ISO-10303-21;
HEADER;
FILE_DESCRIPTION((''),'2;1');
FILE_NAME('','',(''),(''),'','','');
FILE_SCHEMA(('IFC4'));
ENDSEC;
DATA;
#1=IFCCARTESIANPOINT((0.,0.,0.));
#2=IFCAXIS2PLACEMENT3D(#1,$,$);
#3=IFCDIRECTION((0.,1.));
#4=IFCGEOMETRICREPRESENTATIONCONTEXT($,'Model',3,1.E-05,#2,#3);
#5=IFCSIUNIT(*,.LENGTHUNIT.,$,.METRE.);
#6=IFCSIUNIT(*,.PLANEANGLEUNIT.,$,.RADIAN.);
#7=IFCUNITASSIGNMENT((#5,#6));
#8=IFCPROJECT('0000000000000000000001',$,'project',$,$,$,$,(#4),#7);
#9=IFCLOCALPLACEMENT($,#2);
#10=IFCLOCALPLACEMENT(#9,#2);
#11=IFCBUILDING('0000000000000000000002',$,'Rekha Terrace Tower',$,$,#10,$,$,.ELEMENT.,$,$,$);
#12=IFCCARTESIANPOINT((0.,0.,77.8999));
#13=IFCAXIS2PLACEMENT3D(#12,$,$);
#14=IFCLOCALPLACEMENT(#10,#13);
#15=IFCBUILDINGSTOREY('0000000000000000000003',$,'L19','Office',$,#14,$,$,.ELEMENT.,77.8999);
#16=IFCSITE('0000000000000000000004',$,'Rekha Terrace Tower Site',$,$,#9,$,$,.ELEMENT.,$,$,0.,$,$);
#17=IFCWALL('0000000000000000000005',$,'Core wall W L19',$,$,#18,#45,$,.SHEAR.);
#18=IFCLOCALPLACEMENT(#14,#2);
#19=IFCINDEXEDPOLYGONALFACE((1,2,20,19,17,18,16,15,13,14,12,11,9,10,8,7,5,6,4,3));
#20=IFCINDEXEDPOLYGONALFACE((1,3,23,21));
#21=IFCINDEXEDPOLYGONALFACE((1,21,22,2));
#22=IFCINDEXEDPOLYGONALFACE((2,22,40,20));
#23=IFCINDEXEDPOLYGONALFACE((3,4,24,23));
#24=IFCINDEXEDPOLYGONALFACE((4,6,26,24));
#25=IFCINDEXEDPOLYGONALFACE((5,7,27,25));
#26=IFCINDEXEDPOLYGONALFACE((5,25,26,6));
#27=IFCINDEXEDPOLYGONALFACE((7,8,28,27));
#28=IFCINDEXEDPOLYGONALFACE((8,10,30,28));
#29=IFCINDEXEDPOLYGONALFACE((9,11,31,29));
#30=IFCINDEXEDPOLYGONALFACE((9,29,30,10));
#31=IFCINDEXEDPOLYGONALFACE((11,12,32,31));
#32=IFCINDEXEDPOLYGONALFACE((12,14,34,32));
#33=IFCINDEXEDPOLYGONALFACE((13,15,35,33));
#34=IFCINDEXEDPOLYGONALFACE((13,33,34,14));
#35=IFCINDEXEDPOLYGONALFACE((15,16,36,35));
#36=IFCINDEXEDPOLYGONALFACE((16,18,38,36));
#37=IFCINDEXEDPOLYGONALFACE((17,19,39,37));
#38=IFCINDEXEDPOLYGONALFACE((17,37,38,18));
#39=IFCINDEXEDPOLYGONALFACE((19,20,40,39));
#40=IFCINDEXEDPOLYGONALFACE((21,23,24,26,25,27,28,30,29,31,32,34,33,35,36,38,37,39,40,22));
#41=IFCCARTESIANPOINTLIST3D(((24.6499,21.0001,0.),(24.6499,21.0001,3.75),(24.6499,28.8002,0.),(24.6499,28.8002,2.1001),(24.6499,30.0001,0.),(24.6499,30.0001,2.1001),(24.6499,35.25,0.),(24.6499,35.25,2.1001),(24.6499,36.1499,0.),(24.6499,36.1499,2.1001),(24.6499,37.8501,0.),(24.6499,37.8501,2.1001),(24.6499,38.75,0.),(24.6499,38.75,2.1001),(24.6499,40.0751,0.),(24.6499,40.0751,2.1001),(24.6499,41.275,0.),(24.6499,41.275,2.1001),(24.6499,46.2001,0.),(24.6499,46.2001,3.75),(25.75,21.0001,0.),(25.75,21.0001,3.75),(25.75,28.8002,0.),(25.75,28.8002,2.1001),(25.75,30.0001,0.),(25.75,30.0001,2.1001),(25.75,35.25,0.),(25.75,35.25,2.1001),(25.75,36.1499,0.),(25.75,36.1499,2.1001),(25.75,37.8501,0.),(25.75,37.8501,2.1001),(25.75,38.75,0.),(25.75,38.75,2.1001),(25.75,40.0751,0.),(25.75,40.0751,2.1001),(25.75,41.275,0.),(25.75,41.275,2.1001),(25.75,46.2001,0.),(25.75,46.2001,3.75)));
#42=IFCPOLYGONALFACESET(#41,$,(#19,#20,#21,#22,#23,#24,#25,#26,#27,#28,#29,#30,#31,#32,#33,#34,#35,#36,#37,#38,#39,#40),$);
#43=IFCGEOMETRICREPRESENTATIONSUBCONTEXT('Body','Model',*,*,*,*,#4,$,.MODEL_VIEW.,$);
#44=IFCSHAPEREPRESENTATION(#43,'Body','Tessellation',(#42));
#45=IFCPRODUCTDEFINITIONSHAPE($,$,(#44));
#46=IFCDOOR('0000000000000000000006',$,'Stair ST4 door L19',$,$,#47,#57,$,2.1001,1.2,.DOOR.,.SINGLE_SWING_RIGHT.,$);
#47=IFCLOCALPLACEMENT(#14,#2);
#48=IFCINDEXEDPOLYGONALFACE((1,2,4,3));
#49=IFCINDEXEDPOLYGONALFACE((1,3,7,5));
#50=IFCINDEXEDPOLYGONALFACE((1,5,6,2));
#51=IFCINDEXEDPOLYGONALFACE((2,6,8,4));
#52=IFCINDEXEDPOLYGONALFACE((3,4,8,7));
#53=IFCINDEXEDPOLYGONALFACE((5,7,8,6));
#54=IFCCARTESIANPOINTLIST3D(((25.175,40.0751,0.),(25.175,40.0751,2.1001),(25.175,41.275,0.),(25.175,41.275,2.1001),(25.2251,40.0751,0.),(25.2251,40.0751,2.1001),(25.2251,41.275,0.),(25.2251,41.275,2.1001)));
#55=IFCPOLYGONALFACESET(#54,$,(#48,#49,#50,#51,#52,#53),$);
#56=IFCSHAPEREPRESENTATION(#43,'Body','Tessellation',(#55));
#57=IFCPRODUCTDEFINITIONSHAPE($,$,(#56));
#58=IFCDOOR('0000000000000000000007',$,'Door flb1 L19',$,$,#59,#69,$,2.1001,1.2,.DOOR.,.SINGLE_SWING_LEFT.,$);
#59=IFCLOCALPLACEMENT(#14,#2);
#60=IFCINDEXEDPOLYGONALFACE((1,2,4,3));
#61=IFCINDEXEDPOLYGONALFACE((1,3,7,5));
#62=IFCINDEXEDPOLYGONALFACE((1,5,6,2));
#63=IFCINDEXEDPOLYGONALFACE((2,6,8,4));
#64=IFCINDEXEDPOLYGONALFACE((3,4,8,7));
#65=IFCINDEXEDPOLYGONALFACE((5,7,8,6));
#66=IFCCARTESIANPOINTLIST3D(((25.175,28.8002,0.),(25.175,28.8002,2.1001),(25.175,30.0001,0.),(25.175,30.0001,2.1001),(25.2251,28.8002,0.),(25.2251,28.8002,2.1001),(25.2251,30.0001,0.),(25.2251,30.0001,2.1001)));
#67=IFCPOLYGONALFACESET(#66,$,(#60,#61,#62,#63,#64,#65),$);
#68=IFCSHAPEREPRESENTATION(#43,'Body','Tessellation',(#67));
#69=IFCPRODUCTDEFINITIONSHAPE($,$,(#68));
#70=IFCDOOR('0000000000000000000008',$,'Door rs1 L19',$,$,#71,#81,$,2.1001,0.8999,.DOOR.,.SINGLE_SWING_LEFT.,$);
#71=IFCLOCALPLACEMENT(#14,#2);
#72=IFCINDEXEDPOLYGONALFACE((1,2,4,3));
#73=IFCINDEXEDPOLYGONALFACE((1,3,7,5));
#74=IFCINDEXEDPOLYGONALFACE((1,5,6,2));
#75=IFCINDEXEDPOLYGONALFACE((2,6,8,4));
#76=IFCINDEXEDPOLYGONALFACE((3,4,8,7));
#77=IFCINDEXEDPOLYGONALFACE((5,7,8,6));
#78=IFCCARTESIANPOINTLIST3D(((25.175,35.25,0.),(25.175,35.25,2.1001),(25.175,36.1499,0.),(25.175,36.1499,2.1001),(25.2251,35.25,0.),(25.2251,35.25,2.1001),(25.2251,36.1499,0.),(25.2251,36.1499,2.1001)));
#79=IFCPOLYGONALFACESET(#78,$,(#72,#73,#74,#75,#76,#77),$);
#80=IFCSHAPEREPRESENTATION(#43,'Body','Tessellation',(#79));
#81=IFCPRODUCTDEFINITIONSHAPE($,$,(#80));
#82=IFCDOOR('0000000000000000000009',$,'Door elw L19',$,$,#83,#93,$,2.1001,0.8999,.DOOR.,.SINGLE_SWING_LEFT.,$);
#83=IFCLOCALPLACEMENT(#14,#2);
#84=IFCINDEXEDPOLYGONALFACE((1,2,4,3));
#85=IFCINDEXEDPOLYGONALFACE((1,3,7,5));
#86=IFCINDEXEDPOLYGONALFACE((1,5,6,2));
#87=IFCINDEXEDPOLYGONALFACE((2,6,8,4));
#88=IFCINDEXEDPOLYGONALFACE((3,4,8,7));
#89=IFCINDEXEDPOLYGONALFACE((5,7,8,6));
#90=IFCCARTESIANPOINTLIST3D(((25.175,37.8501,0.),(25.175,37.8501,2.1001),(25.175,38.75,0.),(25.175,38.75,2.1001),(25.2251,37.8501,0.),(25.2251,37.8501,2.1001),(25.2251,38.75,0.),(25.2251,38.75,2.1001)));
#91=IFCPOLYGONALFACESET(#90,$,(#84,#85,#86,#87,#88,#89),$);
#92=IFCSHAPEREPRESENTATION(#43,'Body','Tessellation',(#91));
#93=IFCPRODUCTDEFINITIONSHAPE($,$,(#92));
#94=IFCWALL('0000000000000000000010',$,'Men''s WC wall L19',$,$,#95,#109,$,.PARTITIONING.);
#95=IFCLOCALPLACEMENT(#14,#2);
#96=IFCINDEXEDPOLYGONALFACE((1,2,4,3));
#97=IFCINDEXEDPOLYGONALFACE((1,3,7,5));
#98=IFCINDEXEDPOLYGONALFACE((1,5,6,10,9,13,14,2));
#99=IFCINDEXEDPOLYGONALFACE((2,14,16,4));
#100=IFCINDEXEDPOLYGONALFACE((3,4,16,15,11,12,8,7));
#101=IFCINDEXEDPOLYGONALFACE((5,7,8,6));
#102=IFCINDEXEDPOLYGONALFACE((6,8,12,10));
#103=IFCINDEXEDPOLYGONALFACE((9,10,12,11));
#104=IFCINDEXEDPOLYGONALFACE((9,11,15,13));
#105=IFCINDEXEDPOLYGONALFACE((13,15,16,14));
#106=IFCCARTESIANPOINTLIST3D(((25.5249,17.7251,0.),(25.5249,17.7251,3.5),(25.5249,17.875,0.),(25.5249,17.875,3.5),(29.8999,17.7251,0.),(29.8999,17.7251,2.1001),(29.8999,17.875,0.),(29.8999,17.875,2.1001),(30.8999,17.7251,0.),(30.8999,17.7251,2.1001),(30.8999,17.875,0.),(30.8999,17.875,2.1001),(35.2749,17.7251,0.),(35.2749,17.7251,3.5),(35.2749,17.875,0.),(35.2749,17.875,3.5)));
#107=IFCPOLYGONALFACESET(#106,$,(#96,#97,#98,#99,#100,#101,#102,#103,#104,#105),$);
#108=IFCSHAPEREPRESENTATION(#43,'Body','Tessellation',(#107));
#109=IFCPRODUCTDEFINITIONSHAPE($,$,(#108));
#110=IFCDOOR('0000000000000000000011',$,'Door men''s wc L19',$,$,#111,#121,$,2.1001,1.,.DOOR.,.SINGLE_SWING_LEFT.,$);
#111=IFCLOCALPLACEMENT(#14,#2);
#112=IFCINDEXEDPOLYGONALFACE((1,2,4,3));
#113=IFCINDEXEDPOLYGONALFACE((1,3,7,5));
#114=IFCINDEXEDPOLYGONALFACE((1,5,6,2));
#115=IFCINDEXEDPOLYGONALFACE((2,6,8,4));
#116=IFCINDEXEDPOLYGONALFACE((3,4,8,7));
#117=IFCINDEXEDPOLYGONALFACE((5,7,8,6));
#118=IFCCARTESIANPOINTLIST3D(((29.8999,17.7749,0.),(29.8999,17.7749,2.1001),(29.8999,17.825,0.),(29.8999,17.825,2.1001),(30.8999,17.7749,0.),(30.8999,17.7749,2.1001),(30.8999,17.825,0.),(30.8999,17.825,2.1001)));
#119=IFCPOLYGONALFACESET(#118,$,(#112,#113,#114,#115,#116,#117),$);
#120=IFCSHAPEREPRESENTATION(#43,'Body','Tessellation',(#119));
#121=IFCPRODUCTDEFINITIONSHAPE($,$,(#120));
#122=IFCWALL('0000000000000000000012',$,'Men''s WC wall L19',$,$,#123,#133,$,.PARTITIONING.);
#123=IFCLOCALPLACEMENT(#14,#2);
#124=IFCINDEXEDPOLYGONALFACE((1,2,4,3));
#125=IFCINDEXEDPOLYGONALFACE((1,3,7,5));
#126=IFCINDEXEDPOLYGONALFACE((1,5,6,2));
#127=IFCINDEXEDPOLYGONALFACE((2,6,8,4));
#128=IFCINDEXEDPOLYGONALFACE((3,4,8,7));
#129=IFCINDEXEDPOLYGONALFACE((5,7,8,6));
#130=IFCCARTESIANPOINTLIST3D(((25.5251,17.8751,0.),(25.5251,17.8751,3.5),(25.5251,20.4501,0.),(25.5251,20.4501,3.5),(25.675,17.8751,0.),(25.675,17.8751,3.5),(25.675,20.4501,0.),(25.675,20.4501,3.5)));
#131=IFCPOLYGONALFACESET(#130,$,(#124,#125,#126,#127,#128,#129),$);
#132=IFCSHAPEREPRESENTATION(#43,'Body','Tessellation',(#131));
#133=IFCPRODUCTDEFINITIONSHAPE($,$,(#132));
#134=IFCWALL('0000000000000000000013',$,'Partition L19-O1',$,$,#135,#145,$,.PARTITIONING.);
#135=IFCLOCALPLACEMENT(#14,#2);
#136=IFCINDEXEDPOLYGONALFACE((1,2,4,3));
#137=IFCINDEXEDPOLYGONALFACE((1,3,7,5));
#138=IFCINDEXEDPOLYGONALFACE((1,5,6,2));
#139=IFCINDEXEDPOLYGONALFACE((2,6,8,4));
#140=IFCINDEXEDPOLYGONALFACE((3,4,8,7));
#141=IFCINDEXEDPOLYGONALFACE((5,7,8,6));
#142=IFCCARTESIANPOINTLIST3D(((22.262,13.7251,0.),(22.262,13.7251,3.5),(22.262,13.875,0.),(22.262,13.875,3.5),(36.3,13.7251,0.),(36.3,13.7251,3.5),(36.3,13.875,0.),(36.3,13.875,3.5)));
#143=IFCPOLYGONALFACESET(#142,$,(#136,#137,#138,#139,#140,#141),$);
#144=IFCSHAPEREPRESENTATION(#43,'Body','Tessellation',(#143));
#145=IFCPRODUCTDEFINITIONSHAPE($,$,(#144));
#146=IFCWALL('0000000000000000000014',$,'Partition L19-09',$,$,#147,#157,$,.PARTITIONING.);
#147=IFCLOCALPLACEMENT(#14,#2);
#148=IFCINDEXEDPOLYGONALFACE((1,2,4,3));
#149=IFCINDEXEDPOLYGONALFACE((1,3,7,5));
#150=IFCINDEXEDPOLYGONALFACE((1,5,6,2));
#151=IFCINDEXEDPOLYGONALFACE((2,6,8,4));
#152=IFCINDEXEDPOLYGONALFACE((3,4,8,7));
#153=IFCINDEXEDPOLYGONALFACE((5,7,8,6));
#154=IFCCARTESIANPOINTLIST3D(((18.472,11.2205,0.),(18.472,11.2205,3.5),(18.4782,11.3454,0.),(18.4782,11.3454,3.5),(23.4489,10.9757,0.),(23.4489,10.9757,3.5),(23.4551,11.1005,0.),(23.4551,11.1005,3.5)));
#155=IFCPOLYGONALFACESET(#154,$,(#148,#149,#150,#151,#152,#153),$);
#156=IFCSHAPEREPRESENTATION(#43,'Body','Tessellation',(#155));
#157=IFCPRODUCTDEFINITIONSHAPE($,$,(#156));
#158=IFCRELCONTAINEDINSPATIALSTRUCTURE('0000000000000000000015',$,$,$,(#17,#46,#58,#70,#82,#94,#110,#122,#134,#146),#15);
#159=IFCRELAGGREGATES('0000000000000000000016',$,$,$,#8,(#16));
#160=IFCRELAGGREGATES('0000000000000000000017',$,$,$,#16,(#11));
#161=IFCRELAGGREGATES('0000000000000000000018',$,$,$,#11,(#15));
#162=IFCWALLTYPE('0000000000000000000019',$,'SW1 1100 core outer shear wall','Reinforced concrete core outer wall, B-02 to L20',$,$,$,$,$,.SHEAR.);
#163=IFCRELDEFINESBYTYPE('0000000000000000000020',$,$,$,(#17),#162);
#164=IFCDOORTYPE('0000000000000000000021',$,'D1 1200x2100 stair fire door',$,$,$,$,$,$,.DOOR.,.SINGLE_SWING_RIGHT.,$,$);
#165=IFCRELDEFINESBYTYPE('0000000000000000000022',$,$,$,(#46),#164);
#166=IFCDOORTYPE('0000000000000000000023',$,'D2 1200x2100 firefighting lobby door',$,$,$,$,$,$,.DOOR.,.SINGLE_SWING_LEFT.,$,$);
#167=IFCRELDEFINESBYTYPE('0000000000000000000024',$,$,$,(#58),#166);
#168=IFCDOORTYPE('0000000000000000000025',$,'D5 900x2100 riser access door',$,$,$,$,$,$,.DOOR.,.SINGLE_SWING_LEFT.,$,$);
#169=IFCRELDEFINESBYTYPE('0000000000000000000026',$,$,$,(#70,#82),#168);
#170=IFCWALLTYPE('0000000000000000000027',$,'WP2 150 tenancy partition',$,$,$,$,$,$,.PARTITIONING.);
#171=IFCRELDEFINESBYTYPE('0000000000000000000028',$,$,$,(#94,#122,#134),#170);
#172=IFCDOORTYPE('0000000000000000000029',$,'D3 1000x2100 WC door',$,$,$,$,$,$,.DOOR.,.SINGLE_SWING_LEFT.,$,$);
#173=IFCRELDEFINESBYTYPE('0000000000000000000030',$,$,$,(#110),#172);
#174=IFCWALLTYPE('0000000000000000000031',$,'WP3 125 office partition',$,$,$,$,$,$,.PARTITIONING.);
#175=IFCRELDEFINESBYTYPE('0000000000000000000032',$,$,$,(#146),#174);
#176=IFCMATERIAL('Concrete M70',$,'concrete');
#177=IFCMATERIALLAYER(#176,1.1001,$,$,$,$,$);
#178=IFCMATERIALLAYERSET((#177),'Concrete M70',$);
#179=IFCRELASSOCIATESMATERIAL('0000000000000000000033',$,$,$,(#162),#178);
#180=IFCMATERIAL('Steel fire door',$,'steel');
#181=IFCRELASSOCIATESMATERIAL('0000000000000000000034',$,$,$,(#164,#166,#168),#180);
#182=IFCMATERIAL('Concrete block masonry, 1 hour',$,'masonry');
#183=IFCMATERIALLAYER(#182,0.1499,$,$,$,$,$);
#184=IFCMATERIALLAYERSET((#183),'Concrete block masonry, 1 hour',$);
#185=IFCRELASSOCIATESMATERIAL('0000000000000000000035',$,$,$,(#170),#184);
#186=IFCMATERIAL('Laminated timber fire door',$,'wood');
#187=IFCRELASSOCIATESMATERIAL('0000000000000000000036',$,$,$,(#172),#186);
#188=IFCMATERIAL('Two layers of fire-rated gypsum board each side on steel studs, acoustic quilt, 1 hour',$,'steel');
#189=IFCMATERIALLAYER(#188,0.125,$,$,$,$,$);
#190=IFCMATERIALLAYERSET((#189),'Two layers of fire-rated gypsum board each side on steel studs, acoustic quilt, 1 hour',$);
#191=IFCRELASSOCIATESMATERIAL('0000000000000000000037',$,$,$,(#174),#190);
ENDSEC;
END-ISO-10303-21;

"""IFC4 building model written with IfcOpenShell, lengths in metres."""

from ifc_helpers import new_model, si_unit, direction, frame, frame_2d, origin, place, context, subcontext, project, spatial, rectangle, extrude, material, layer, layer_set, type_object, element, fill, save


model = new_model("IFC4")

# Units and contexts
model_context = context("Model", 3, precision=1e-05, world=origin(), true_north=direction((0.0, 1.0)))
body_context = subcontext(model_context, "Body", "Model", "MODEL_VIEW")
ifc_project = project(units=[si_unit("LENGTHUNIT", "METRE"), si_unit("PLANEANGLEUNIT", "RADIAN")], contexts=[model_context])

# Site, building, storey
site_placement = place(None, origin())
site = spatial("IfcSite", under=ifc_project, at=site_placement, Name="Rekha Terrace Tower Site", CompositionType="ELEMENT", RefElevation=0.0)
building_placement = place(site_placement, origin())
building = spatial("IfcBuilding", under=site, at=building_placement, Name="Rekha Terrace Tower", CompositionType="ELEMENT")
storey_placement = place(building_placement, frame((0.0, 0.0, 77.8999)))
storey = spatial("IfcBuildingStorey", under=building, at=storey_placement, Name="L19", Description="Office", CompositionType="ELEMENT", Elevation=77.8999)

# Shared definitions
ifc_material_1 = material(Name="Concrete M70", Category="concrete")

# Shared definitions
ifc_layer_1 = layer(ifc_material_1, 1.1001)
ifc_layer_set_1 = layer_set([ifc_layer_1], Name="Concrete M70")
wall_type_1 = type_object("IfcWallType", Name="SW1 1100 core outer shear wall", Description="Reinforced concrete core outer wall, B-02 to L20", PredefinedType="SHEAR", material=ifc_layer_set_1)

# Wall, openings, doors
wall_1_placement = place(storey_placement, frame((25.2, 21.0, 0.0), z_axis=(0.0, 0.0, 1.0), x_axis=(0.0, 1.0, 0.0)))
wall_1 = element("IfcWall", 1, at=wall_1_placement, inside=storey, type_object=wall_type_1, Name="Core wall W L19", PredefinedType="SHEAR", context=body_context, shape_type="SweptSolid", body=[
    extrude(rectangle(XDim=25.2, YDim=1.1001, at=frame_2d((12.6001, 0.0))), origin(), (0.0, 0.0, 1.0), 3.75),
])
opening_1_placement = place(wall_1_placement, frame((7.8, 0.0, 0.0)))
opening_1 = element("IfcOpeningElement", 2, at=opening_1_placement, cuts=wall_1, PredefinedType="OPENING", context=body_context, shape_type="SweptSolid", body=[
    extrude(rectangle(XDim=1.2, YDim=2.1001, at=frame_2d((0.6001, 1.05))), frame((0.0, 0.5601, 0.0), z_axis=(0.0, -1.0, 0.0), x_axis=(1.0, 0.0, 0.0)), (0.0, 0.0, 1.0), 1.1201),
])
opening_2_placement = place(wall_1_placement, frame((14.25, 0.0, 0.0)))
opening_2 = element("IfcOpeningElement", 3, at=opening_2_placement, cuts=wall_1, PredefinedType="OPENING", context=body_context, shape_type="SweptSolid", body=[
    extrude(rectangle(XDim=0.8999, YDim=2.1001, at=frame_2d((0.45, 1.05))), frame((0.0, 0.5601, 0.0), z_axis=(0.0, -1.0, 0.0), x_axis=(1.0, 0.0, 0.0)), (0.0, 0.0, 1.0), 1.1201),
])
opening_3_placement = place(wall_1_placement, frame((16.8501, 0.0, 0.0)))
opening_3 = element("IfcOpeningElement", 4, at=opening_3_placement, cuts=wall_1, PredefinedType="OPENING", context=body_context, shape_type="SweptSolid", body=[
    extrude(rectangle(XDim=0.8999, YDim=2.1001, at=frame_2d((0.45, 1.05))), frame((0.0, 0.5601, 0.0), z_axis=(0.0, -1.0, 0.0), x_axis=(1.0, 0.0, 0.0)), (0.0, 0.0, 1.0), 1.1201),
])
opening_4_placement = place(wall_1_placement, frame((19.075, 0.0, 0.0)))
opening_4 = element("IfcOpeningElement", 5, at=opening_4_placement, cuts=wall_1, PredefinedType="OPENING", context=body_context, shape_type="SweptSolid", body=[
    extrude(rectangle(XDim=1.2, YDim=2.1001, at=frame_2d((0.6001, 1.05))), frame((0.0, 0.5601, 0.0), z_axis=(0.0, -1.0, 0.0), x_axis=(1.0, 0.0, 0.0)), (0.0, 0.0, 1.0), 1.1201),
])
ifc_material_2 = material(Name="Steel fire door", Category="steel")
door_type_1 = type_object("IfcDoorType", Name="D1 1200x2100 stair fire door", OperationType="SINGLE_SWING_RIGHT", PredefinedType="DOOR", material=ifc_material_2)
door_1_placement = place(opening_4_placement, origin())
door_1 = element("IfcDoor", 6, at=door_1_placement, inside=storey, type_object=door_type_1, Name="Stair ST4 door L19", OperationType="SINGLE_SWING_RIGHT", OverallHeight=2.1001, OverallWidth=1.2, PredefinedType="DOOR", context=body_context, shape_type="SweptSolid", body=[
    extrude(rectangle(XDim=1.2, YDim=2.1001, at=frame_2d((0.6001, 1.05))), frame((0.0, 0.0249, 0.0), z_axis=(0.0, -1.0, 0.0), x_axis=(1.0, 0.0, 0.0)), (0.0, 0.0, 1.0), 0.05),
])
fill(opening_4, door_1)
door_type_2 = type_object("IfcDoorType", Name="D2 1200x2100 firefighting lobby door", OperationType="SINGLE_SWING_LEFT", PredefinedType="DOOR", material=ifc_material_2)
door_2_placement = place(opening_1_placement, origin())
door_2 = element("IfcDoor", 7, at=door_2_placement, inside=storey, type_object=door_type_2, Name="Door flb1 L19", OperationType="SINGLE_SWING_LEFT", OverallHeight=2.1001, OverallWidth=1.2, PredefinedType="DOOR", context=body_context, shape_type="SweptSolid", body=[
    extrude(rectangle(XDim=1.2, YDim=2.1001, at=frame_2d((0.6001, 1.05))), frame((0.0, 0.0249, 0.0), z_axis=(0.0, -1.0, 0.0), x_axis=(1.0, 0.0, 0.0)), (0.0, 0.0, 1.0), 0.05),
])
fill(opening_1, door_2)
door_type_3 = type_object("IfcDoorType", Name="D5 900x2100 riser access door", OperationType="SINGLE_SWING_LEFT", PredefinedType="DOOR", material=ifc_material_2)
door_3_placement = place(opening_2_placement, origin())
door_3 = element("IfcDoor", 8, at=door_3_placement, inside=storey, type_object=door_type_3, Name="Door rs1 L19", OperationType="SINGLE_SWING_LEFT", OverallHeight=2.1001, OverallWidth=0.8999, PredefinedType="DOOR", context=body_context, shape_type="SweptSolid", body=[
    extrude(rectangle(XDim=0.8999, YDim=2.1001, at=frame_2d((0.45, 1.05))), frame((0.0, 0.0249, 0.0), z_axis=(0.0, -1.0, 0.0), x_axis=(1.0, 0.0, 0.0)), (0.0, 0.0, 1.0), 0.05),
])
fill(opening_2, door_3)
door_4_placement = place(opening_3_placement, origin())
door_4 = element("IfcDoor", 9, at=door_4_placement, inside=storey, type_object=door_type_3, Name="Door elw L19", OperationType="SINGLE_SWING_LEFT", OverallHeight=2.1001, OverallWidth=0.8999, PredefinedType="DOOR", context=body_context, shape_type="SweptSolid", body=[
    extrude(rectangle(XDim=0.8999, YDim=2.1001, at=frame_2d((0.45, 1.05))), frame((0.0, 0.0249, 0.0), z_axis=(0.0, -1.0, 0.0), x_axis=(1.0, 0.0, 0.0)), (0.0, 0.0, 1.0), 0.05),
])
fill(opening_3, door_4)

# Wall, opening, door
ifc_material_3 = material(Name="Concrete block masonry, 1 hour", Category="masonry")
ifc_layer_2 = layer(ifc_material_3, 0.1499)
ifc_layer_set_2 = layer_set([ifc_layer_2], Name="Concrete block masonry, 1 hour")
wall_type_2 = type_object("IfcWallType", Name="WP2 150 tenancy partition", PredefinedType="PARTITIONING", material=ifc_layer_set_2)
wall_2_placement = place(storey_placement, frame((25.5249, 17.8, 0.0), z_axis=(0.0, 0.0, 1.0), x_axis=(1.0, 0.0, 0.0)))
wall_2 = element("IfcWall", 10, at=wall_2_placement, inside=storey, type_object=wall_type_2, Name="Men's WC wall L19", PredefinedType="PARTITIONING", context=body_context, shape_type="SweptSolid", body=[
    extrude(rectangle(XDim=9.75, YDim=0.1499, at=frame_2d((4.875, 0.0))), origin(), (0.0, 0.0, 1.0), 3.5),
])
opening_5_placement = place(wall_2_placement, frame((4.375, 0.0, 0.0)))
opening_5 = element("IfcOpeningElement", 11, at=opening_5_placement, cuts=wall_2, PredefinedType="OPENING", context=body_context, shape_type="SweptSolid", body=[
    extrude(rectangle(XDim=1.0, YDim=2.1001, at=frame_2d((0.5, 1.05))), frame((0.0, 0.085, 0.0), z_axis=(0.0, -1.0, 0.0), x_axis=(1.0, 0.0, 0.0)), (0.0, 0.0, 1.0), 0.1699),
])
ifc_material_4 = material(Name="Laminated timber fire door", Category="wood")
door_type_4 = type_object("IfcDoorType", Name="D3 1000x2100 WC door", OperationType="SINGLE_SWING_LEFT", PredefinedType="DOOR", material=ifc_material_4)
door_5_placement = place(opening_5_placement, origin())
door_5 = element("IfcDoor", 12, at=door_5_placement, inside=storey, type_object=door_type_4, Name="Door men's wc L19", OperationType="SINGLE_SWING_LEFT", OverallHeight=2.1001, OverallWidth=1.0, PredefinedType="DOOR", context=body_context, shape_type="SweptSolid", body=[
    extrude(rectangle(XDim=1.0, YDim=2.1001, at=frame_2d((0.5, 1.05))), frame((0.0, 0.0249, 0.0), z_axis=(0.0, -1.0, 0.0), x_axis=(1.0, 0.0, 0.0)), (0.0, 0.0, 1.0), 0.05),
])
fill(opening_5, door_5)

# Walls
wall_3_placement = place(storey_placement, frame((25.6001, 17.875, 0.0), z_axis=(0.0, 0.0, 1.0), x_axis=(0.0, 1.0, 0.0)))
element("IfcWall", 13, at=wall_3_placement, inside=storey, type_object=wall_type_2, Name="Men's WC wall L19", PredefinedType="PARTITIONING", context=body_context, shape_type="SweptSolid", body=[
    extrude(rectangle(XDim=2.575, YDim=0.1499, at=frame_2d((1.2876, 0.0))), origin(), (0.0, 0.0, 1.0), 3.5),
])
wall_4_placement = place(storey_placement, frame((22.262, 13.8, 0.0), z_axis=(0.0, 0.0, 1.0), x_axis=(1.0, 0.0, 0.0)))
element("IfcWall", 14, at=wall_4_placement, inside=storey, type_object=wall_type_2, Name="Partition L19-O1", PredefinedType="PARTITIONING", context=body_context, shape_type="SweptSolid", body=[
    extrude(rectangle(XDim=14.0381, YDim=0.1499, at=frame_2d((7.019, 0.0))), origin(), (0.0, 0.0, 1.0), 3.5),
])
ifc_material_5 = material(Name="Two layers of fire-rated gypsum board each side on steel studs, acoustic quilt, 1 hour", Category="steel")
ifc_layer_3 = layer(ifc_material_5, 0.125)
ifc_layer_set_3 = layer_set([ifc_layer_3], Name="Two layers of fire-rated gypsum board each side on steel studs, acoustic quilt, 1 hour")
wall_type_3 = type_object("IfcWallType", Name="WP3 125 office partition", PredefinedType="PARTITIONING", material=ifc_layer_set_3)
wall_5_placement = place(storey_placement, frame((18.4751, 11.283, 0.0), z_axis=(0.0, 0.0, 1.0), x_axis=(0.998792, -0.049143, 0.0)))
element("IfcWall", 15, at=wall_5_placement, inside=storey, type_object=wall_type_3, Name="Partition L19-09", PredefinedType="PARTITIONING", context=body_context, shape_type="SweptSolid", body=[
    extrude(rectangle(XDim=4.9829, YDim=0.125, at=frame_2d((2.4915, 0.0))), origin(), (0.0, 0.0, 1.0), 3.5),
])

save(model, "model.ifc")
